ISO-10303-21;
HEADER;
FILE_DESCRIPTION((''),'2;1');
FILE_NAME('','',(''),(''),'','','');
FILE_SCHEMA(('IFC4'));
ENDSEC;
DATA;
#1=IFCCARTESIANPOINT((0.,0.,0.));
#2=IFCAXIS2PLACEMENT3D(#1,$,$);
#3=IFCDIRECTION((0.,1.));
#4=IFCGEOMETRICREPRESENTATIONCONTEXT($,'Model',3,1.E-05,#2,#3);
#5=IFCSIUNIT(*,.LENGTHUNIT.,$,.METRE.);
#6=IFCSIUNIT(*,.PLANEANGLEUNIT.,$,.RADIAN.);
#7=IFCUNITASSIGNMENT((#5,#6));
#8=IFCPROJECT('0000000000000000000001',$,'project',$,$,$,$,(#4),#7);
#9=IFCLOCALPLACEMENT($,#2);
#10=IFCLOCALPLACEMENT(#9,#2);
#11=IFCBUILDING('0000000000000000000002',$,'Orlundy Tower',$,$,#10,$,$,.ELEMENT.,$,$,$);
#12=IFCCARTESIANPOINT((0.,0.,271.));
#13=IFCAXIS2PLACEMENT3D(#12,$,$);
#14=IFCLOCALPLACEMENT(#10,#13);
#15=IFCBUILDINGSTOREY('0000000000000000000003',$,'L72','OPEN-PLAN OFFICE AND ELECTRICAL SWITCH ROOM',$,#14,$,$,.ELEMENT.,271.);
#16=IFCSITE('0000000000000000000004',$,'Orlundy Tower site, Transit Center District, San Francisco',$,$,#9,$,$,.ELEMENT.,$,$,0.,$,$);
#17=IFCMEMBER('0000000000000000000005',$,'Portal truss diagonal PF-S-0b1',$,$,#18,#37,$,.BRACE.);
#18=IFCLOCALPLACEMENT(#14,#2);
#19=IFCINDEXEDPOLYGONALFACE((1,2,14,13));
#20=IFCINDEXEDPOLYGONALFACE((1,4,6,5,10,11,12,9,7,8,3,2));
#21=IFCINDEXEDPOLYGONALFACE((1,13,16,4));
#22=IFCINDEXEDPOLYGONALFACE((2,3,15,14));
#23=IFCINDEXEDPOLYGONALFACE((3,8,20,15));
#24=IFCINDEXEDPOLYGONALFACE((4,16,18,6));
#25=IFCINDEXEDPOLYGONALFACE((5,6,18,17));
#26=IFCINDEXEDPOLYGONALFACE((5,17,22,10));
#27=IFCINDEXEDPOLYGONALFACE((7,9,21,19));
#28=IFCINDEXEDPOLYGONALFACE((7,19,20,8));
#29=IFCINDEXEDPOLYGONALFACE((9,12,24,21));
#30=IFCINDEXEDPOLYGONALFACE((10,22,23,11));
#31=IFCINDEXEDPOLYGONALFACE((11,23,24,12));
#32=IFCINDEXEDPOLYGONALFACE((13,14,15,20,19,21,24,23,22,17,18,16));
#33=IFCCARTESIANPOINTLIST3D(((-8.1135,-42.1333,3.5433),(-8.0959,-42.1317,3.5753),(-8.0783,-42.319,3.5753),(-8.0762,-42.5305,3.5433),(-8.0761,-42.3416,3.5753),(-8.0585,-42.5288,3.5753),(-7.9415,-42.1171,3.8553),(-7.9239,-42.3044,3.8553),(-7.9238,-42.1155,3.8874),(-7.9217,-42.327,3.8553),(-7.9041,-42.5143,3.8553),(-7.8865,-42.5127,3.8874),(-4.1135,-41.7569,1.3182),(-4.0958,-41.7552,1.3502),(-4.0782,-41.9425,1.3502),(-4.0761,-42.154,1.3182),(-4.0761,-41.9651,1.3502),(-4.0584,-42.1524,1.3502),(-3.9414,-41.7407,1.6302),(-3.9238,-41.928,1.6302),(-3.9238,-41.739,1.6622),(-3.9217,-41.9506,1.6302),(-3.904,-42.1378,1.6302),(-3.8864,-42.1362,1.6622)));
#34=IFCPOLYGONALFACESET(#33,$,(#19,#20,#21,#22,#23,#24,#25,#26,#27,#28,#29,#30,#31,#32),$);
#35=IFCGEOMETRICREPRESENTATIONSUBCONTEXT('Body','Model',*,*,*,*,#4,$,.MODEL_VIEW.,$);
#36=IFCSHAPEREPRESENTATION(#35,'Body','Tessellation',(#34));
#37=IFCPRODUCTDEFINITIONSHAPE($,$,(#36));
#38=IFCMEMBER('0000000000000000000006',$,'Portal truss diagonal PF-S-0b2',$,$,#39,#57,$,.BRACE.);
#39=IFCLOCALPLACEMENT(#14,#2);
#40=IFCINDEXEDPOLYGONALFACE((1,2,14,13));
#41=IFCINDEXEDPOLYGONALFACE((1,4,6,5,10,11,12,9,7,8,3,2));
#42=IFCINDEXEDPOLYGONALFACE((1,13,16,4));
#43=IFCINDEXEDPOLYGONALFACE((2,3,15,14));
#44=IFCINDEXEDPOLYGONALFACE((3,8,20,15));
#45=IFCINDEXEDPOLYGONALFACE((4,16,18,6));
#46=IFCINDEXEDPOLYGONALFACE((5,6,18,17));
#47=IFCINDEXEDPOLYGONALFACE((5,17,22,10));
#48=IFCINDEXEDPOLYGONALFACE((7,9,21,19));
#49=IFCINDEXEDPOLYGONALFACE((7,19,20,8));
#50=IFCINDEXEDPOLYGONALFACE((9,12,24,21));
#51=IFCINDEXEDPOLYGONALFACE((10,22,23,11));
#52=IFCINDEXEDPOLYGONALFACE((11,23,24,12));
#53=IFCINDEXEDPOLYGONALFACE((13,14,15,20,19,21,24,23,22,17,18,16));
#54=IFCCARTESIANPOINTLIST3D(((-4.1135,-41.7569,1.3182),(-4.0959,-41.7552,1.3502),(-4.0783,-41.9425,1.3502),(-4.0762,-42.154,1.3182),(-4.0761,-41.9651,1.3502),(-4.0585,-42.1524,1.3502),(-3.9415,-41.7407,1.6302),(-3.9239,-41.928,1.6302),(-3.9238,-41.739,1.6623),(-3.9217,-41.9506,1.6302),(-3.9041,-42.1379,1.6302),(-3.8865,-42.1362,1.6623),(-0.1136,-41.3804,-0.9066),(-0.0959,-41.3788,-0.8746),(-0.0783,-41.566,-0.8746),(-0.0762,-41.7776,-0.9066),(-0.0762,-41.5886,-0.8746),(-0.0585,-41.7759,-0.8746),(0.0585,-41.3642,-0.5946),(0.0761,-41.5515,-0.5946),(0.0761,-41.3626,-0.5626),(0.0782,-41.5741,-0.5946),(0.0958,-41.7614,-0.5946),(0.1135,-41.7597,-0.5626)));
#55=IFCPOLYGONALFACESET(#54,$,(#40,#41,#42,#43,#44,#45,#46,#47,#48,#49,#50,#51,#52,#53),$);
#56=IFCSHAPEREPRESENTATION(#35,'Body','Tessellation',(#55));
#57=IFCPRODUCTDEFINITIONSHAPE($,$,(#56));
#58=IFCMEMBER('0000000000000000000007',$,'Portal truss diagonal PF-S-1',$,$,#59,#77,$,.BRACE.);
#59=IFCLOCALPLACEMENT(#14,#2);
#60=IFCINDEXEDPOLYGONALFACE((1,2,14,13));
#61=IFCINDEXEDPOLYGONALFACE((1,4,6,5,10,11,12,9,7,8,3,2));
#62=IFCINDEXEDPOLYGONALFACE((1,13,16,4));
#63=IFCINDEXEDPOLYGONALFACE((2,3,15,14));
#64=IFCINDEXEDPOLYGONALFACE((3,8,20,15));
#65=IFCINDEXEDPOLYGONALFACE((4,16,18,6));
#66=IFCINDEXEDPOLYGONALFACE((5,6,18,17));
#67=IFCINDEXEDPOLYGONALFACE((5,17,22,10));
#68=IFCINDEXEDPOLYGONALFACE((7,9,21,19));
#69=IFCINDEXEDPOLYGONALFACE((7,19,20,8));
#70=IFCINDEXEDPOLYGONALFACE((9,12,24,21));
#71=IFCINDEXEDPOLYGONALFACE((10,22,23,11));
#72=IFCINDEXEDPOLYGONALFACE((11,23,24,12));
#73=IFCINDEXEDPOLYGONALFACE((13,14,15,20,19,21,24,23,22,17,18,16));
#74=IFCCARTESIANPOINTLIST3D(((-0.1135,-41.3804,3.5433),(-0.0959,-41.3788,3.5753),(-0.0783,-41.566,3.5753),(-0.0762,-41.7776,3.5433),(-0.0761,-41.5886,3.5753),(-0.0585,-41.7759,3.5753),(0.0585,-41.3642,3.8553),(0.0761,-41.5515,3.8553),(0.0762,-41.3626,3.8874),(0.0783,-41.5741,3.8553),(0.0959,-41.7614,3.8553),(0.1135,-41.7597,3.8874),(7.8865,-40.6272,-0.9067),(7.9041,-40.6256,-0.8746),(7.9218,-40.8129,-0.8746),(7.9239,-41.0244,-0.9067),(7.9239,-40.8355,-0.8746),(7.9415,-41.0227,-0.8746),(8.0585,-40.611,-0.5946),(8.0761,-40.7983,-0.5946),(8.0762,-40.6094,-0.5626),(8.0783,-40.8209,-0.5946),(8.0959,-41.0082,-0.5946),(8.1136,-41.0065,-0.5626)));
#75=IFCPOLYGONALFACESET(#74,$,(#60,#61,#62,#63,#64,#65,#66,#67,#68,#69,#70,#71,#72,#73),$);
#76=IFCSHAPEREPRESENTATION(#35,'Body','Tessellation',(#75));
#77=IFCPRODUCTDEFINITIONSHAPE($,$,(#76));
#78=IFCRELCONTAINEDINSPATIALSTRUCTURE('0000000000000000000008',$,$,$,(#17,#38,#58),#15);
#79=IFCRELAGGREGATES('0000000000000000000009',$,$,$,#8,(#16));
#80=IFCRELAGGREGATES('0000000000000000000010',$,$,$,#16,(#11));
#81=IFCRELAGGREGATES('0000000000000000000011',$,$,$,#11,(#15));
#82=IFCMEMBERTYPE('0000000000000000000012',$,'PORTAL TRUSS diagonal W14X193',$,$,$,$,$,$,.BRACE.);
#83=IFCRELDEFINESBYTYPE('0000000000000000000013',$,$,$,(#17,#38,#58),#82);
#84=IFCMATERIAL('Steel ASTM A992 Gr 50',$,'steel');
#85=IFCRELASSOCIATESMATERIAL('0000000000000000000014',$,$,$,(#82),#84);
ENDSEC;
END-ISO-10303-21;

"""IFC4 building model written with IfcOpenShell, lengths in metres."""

from ifc_helpers import new_model, si_unit, direction, frame, origin, origin_2d, place, context, subcontext, project, spatial, i_section, extrude, material, material_profile, profile_set, type_object, element, save


model = new_model("IFC4")

# Units and contexts
model_context = context("Model", 3, precision=1e-05, world=origin(), true_north=direction((0.0, 1.0)))
body_context = subcontext(model_context, "Body", "Model", "MODEL_VIEW")
ifc_project = project(units=[si_unit("LENGTHUNIT", "METRE"), si_unit("PLANEANGLEUNIT", "RADIAN")], contexts=[model_context])

# Site, building, storey
site_placement = place(None, origin())
site = spatial("IfcSite", under=ifc_project, at=site_placement, Name="Orlundy Tower site, Transit Center District, San Francisco", CompositionType="ELEMENT", RefElevation=0.0)
building_placement = place(site_placement, origin())
building = spatial("IfcBuilding", under=site, at=building_placement, Name="Orlundy Tower", CompositionType="ELEMENT")
storey_placement = place(building_placement, frame((0.0, 0.0, 271.0)))
storey = spatial("IfcBuildingStorey", under=building, at=storey_placement, Name="L72", Description="OPEN-PLAN OFFICE AND ELECTRICAL SWITCH ROOM", CompositionType="ELEMENT", Elevation=271.0)

# Members
ifc_material_1 = material(Name="Steel ASTM A992 Gr 50", Category="steel")
ifc_material_profile_1 = material_profile(ifc_material_1, i_section(OverallWidth=0.3989, OverallDepth=0.3933, WebThickness=0.0227, FlangeThickness=0.0366, at=origin_2d()), Name="W14X193")
ifc_profile_set_1 = profile_set([ifc_material_profile_1], Name="Steel ASTM A992 Gr 50")
member_type_1 = type_object("IfcMemberType", Name="PORTAL TRUSS diagonal W14X193", PredefinedType="BRACE", material=ifc_profile_set_1)
member_1_placement = place(storey_placement, frame((-8.0, -42.323, 3.7153), z_axis=(0.87095, 0.08197, -0.484487), x_axis=(-0.093702, 0.9956, 0.0)))
element("IfcMember", 1, at=member_1_placement, inside=storey, type_object=member_type_1, Name="Portal truss diagonal PF-S-0b1", PredefinedType="BRACE", context=body_context, shape_type="SweptSolid", body=[
    extrude(i_section(OverallWidth=0.3989, OverallDepth=0.3933, WebThickness=0.0227, FlangeThickness=0.0366, at=origin_2d()), origin(), (0.0, 0.0, 1.0), 4.5928),
])
member_2_placement = place(storey_placement, frame((-4.0, -41.9465, 1.4902), z_axis=(0.870972, 0.081973, -0.484446), x_axis=(-0.093702, 0.9956, 0.0)))
element("IfcMember", 2, at=member_2_placement, inside=storey, type_object=member_type_1, Name="Portal truss diagonal PF-S-0b2", PredefinedType="BRACE", context=body_context, shape_type="SweptSolid", body=[
    extrude(i_section(OverallWidth=0.3989, OverallDepth=0.3933, WebThickness=0.0227, FlangeThickness=0.0366, at=origin_2d()), origin(), (0.0, 0.0, 1.0), 4.5925),
])
member_3_placement = place(storey_placement, frame((0.0, -41.5701, 3.7153), z_axis=(0.870959, 0.081998, -0.484466), x_axis=(-0.093732, 0.995597, 0.0)))
element("IfcMember", 3, at=member_3_placement, inside=storey, type_object=member_type_1, Name="Portal truss diagonal PF-S-1", PredefinedType="BRACE", context=body_context, shape_type="SweptSolid", body=[
    extrude(i_section(OverallWidth=0.3989, OverallDepth=0.3933, WebThickness=0.0227, FlangeThickness=0.0366, at=origin_2d()), origin(), (0.0, 0.0, 1.0), 9.1853),
])

save(model, "model.ifc")
